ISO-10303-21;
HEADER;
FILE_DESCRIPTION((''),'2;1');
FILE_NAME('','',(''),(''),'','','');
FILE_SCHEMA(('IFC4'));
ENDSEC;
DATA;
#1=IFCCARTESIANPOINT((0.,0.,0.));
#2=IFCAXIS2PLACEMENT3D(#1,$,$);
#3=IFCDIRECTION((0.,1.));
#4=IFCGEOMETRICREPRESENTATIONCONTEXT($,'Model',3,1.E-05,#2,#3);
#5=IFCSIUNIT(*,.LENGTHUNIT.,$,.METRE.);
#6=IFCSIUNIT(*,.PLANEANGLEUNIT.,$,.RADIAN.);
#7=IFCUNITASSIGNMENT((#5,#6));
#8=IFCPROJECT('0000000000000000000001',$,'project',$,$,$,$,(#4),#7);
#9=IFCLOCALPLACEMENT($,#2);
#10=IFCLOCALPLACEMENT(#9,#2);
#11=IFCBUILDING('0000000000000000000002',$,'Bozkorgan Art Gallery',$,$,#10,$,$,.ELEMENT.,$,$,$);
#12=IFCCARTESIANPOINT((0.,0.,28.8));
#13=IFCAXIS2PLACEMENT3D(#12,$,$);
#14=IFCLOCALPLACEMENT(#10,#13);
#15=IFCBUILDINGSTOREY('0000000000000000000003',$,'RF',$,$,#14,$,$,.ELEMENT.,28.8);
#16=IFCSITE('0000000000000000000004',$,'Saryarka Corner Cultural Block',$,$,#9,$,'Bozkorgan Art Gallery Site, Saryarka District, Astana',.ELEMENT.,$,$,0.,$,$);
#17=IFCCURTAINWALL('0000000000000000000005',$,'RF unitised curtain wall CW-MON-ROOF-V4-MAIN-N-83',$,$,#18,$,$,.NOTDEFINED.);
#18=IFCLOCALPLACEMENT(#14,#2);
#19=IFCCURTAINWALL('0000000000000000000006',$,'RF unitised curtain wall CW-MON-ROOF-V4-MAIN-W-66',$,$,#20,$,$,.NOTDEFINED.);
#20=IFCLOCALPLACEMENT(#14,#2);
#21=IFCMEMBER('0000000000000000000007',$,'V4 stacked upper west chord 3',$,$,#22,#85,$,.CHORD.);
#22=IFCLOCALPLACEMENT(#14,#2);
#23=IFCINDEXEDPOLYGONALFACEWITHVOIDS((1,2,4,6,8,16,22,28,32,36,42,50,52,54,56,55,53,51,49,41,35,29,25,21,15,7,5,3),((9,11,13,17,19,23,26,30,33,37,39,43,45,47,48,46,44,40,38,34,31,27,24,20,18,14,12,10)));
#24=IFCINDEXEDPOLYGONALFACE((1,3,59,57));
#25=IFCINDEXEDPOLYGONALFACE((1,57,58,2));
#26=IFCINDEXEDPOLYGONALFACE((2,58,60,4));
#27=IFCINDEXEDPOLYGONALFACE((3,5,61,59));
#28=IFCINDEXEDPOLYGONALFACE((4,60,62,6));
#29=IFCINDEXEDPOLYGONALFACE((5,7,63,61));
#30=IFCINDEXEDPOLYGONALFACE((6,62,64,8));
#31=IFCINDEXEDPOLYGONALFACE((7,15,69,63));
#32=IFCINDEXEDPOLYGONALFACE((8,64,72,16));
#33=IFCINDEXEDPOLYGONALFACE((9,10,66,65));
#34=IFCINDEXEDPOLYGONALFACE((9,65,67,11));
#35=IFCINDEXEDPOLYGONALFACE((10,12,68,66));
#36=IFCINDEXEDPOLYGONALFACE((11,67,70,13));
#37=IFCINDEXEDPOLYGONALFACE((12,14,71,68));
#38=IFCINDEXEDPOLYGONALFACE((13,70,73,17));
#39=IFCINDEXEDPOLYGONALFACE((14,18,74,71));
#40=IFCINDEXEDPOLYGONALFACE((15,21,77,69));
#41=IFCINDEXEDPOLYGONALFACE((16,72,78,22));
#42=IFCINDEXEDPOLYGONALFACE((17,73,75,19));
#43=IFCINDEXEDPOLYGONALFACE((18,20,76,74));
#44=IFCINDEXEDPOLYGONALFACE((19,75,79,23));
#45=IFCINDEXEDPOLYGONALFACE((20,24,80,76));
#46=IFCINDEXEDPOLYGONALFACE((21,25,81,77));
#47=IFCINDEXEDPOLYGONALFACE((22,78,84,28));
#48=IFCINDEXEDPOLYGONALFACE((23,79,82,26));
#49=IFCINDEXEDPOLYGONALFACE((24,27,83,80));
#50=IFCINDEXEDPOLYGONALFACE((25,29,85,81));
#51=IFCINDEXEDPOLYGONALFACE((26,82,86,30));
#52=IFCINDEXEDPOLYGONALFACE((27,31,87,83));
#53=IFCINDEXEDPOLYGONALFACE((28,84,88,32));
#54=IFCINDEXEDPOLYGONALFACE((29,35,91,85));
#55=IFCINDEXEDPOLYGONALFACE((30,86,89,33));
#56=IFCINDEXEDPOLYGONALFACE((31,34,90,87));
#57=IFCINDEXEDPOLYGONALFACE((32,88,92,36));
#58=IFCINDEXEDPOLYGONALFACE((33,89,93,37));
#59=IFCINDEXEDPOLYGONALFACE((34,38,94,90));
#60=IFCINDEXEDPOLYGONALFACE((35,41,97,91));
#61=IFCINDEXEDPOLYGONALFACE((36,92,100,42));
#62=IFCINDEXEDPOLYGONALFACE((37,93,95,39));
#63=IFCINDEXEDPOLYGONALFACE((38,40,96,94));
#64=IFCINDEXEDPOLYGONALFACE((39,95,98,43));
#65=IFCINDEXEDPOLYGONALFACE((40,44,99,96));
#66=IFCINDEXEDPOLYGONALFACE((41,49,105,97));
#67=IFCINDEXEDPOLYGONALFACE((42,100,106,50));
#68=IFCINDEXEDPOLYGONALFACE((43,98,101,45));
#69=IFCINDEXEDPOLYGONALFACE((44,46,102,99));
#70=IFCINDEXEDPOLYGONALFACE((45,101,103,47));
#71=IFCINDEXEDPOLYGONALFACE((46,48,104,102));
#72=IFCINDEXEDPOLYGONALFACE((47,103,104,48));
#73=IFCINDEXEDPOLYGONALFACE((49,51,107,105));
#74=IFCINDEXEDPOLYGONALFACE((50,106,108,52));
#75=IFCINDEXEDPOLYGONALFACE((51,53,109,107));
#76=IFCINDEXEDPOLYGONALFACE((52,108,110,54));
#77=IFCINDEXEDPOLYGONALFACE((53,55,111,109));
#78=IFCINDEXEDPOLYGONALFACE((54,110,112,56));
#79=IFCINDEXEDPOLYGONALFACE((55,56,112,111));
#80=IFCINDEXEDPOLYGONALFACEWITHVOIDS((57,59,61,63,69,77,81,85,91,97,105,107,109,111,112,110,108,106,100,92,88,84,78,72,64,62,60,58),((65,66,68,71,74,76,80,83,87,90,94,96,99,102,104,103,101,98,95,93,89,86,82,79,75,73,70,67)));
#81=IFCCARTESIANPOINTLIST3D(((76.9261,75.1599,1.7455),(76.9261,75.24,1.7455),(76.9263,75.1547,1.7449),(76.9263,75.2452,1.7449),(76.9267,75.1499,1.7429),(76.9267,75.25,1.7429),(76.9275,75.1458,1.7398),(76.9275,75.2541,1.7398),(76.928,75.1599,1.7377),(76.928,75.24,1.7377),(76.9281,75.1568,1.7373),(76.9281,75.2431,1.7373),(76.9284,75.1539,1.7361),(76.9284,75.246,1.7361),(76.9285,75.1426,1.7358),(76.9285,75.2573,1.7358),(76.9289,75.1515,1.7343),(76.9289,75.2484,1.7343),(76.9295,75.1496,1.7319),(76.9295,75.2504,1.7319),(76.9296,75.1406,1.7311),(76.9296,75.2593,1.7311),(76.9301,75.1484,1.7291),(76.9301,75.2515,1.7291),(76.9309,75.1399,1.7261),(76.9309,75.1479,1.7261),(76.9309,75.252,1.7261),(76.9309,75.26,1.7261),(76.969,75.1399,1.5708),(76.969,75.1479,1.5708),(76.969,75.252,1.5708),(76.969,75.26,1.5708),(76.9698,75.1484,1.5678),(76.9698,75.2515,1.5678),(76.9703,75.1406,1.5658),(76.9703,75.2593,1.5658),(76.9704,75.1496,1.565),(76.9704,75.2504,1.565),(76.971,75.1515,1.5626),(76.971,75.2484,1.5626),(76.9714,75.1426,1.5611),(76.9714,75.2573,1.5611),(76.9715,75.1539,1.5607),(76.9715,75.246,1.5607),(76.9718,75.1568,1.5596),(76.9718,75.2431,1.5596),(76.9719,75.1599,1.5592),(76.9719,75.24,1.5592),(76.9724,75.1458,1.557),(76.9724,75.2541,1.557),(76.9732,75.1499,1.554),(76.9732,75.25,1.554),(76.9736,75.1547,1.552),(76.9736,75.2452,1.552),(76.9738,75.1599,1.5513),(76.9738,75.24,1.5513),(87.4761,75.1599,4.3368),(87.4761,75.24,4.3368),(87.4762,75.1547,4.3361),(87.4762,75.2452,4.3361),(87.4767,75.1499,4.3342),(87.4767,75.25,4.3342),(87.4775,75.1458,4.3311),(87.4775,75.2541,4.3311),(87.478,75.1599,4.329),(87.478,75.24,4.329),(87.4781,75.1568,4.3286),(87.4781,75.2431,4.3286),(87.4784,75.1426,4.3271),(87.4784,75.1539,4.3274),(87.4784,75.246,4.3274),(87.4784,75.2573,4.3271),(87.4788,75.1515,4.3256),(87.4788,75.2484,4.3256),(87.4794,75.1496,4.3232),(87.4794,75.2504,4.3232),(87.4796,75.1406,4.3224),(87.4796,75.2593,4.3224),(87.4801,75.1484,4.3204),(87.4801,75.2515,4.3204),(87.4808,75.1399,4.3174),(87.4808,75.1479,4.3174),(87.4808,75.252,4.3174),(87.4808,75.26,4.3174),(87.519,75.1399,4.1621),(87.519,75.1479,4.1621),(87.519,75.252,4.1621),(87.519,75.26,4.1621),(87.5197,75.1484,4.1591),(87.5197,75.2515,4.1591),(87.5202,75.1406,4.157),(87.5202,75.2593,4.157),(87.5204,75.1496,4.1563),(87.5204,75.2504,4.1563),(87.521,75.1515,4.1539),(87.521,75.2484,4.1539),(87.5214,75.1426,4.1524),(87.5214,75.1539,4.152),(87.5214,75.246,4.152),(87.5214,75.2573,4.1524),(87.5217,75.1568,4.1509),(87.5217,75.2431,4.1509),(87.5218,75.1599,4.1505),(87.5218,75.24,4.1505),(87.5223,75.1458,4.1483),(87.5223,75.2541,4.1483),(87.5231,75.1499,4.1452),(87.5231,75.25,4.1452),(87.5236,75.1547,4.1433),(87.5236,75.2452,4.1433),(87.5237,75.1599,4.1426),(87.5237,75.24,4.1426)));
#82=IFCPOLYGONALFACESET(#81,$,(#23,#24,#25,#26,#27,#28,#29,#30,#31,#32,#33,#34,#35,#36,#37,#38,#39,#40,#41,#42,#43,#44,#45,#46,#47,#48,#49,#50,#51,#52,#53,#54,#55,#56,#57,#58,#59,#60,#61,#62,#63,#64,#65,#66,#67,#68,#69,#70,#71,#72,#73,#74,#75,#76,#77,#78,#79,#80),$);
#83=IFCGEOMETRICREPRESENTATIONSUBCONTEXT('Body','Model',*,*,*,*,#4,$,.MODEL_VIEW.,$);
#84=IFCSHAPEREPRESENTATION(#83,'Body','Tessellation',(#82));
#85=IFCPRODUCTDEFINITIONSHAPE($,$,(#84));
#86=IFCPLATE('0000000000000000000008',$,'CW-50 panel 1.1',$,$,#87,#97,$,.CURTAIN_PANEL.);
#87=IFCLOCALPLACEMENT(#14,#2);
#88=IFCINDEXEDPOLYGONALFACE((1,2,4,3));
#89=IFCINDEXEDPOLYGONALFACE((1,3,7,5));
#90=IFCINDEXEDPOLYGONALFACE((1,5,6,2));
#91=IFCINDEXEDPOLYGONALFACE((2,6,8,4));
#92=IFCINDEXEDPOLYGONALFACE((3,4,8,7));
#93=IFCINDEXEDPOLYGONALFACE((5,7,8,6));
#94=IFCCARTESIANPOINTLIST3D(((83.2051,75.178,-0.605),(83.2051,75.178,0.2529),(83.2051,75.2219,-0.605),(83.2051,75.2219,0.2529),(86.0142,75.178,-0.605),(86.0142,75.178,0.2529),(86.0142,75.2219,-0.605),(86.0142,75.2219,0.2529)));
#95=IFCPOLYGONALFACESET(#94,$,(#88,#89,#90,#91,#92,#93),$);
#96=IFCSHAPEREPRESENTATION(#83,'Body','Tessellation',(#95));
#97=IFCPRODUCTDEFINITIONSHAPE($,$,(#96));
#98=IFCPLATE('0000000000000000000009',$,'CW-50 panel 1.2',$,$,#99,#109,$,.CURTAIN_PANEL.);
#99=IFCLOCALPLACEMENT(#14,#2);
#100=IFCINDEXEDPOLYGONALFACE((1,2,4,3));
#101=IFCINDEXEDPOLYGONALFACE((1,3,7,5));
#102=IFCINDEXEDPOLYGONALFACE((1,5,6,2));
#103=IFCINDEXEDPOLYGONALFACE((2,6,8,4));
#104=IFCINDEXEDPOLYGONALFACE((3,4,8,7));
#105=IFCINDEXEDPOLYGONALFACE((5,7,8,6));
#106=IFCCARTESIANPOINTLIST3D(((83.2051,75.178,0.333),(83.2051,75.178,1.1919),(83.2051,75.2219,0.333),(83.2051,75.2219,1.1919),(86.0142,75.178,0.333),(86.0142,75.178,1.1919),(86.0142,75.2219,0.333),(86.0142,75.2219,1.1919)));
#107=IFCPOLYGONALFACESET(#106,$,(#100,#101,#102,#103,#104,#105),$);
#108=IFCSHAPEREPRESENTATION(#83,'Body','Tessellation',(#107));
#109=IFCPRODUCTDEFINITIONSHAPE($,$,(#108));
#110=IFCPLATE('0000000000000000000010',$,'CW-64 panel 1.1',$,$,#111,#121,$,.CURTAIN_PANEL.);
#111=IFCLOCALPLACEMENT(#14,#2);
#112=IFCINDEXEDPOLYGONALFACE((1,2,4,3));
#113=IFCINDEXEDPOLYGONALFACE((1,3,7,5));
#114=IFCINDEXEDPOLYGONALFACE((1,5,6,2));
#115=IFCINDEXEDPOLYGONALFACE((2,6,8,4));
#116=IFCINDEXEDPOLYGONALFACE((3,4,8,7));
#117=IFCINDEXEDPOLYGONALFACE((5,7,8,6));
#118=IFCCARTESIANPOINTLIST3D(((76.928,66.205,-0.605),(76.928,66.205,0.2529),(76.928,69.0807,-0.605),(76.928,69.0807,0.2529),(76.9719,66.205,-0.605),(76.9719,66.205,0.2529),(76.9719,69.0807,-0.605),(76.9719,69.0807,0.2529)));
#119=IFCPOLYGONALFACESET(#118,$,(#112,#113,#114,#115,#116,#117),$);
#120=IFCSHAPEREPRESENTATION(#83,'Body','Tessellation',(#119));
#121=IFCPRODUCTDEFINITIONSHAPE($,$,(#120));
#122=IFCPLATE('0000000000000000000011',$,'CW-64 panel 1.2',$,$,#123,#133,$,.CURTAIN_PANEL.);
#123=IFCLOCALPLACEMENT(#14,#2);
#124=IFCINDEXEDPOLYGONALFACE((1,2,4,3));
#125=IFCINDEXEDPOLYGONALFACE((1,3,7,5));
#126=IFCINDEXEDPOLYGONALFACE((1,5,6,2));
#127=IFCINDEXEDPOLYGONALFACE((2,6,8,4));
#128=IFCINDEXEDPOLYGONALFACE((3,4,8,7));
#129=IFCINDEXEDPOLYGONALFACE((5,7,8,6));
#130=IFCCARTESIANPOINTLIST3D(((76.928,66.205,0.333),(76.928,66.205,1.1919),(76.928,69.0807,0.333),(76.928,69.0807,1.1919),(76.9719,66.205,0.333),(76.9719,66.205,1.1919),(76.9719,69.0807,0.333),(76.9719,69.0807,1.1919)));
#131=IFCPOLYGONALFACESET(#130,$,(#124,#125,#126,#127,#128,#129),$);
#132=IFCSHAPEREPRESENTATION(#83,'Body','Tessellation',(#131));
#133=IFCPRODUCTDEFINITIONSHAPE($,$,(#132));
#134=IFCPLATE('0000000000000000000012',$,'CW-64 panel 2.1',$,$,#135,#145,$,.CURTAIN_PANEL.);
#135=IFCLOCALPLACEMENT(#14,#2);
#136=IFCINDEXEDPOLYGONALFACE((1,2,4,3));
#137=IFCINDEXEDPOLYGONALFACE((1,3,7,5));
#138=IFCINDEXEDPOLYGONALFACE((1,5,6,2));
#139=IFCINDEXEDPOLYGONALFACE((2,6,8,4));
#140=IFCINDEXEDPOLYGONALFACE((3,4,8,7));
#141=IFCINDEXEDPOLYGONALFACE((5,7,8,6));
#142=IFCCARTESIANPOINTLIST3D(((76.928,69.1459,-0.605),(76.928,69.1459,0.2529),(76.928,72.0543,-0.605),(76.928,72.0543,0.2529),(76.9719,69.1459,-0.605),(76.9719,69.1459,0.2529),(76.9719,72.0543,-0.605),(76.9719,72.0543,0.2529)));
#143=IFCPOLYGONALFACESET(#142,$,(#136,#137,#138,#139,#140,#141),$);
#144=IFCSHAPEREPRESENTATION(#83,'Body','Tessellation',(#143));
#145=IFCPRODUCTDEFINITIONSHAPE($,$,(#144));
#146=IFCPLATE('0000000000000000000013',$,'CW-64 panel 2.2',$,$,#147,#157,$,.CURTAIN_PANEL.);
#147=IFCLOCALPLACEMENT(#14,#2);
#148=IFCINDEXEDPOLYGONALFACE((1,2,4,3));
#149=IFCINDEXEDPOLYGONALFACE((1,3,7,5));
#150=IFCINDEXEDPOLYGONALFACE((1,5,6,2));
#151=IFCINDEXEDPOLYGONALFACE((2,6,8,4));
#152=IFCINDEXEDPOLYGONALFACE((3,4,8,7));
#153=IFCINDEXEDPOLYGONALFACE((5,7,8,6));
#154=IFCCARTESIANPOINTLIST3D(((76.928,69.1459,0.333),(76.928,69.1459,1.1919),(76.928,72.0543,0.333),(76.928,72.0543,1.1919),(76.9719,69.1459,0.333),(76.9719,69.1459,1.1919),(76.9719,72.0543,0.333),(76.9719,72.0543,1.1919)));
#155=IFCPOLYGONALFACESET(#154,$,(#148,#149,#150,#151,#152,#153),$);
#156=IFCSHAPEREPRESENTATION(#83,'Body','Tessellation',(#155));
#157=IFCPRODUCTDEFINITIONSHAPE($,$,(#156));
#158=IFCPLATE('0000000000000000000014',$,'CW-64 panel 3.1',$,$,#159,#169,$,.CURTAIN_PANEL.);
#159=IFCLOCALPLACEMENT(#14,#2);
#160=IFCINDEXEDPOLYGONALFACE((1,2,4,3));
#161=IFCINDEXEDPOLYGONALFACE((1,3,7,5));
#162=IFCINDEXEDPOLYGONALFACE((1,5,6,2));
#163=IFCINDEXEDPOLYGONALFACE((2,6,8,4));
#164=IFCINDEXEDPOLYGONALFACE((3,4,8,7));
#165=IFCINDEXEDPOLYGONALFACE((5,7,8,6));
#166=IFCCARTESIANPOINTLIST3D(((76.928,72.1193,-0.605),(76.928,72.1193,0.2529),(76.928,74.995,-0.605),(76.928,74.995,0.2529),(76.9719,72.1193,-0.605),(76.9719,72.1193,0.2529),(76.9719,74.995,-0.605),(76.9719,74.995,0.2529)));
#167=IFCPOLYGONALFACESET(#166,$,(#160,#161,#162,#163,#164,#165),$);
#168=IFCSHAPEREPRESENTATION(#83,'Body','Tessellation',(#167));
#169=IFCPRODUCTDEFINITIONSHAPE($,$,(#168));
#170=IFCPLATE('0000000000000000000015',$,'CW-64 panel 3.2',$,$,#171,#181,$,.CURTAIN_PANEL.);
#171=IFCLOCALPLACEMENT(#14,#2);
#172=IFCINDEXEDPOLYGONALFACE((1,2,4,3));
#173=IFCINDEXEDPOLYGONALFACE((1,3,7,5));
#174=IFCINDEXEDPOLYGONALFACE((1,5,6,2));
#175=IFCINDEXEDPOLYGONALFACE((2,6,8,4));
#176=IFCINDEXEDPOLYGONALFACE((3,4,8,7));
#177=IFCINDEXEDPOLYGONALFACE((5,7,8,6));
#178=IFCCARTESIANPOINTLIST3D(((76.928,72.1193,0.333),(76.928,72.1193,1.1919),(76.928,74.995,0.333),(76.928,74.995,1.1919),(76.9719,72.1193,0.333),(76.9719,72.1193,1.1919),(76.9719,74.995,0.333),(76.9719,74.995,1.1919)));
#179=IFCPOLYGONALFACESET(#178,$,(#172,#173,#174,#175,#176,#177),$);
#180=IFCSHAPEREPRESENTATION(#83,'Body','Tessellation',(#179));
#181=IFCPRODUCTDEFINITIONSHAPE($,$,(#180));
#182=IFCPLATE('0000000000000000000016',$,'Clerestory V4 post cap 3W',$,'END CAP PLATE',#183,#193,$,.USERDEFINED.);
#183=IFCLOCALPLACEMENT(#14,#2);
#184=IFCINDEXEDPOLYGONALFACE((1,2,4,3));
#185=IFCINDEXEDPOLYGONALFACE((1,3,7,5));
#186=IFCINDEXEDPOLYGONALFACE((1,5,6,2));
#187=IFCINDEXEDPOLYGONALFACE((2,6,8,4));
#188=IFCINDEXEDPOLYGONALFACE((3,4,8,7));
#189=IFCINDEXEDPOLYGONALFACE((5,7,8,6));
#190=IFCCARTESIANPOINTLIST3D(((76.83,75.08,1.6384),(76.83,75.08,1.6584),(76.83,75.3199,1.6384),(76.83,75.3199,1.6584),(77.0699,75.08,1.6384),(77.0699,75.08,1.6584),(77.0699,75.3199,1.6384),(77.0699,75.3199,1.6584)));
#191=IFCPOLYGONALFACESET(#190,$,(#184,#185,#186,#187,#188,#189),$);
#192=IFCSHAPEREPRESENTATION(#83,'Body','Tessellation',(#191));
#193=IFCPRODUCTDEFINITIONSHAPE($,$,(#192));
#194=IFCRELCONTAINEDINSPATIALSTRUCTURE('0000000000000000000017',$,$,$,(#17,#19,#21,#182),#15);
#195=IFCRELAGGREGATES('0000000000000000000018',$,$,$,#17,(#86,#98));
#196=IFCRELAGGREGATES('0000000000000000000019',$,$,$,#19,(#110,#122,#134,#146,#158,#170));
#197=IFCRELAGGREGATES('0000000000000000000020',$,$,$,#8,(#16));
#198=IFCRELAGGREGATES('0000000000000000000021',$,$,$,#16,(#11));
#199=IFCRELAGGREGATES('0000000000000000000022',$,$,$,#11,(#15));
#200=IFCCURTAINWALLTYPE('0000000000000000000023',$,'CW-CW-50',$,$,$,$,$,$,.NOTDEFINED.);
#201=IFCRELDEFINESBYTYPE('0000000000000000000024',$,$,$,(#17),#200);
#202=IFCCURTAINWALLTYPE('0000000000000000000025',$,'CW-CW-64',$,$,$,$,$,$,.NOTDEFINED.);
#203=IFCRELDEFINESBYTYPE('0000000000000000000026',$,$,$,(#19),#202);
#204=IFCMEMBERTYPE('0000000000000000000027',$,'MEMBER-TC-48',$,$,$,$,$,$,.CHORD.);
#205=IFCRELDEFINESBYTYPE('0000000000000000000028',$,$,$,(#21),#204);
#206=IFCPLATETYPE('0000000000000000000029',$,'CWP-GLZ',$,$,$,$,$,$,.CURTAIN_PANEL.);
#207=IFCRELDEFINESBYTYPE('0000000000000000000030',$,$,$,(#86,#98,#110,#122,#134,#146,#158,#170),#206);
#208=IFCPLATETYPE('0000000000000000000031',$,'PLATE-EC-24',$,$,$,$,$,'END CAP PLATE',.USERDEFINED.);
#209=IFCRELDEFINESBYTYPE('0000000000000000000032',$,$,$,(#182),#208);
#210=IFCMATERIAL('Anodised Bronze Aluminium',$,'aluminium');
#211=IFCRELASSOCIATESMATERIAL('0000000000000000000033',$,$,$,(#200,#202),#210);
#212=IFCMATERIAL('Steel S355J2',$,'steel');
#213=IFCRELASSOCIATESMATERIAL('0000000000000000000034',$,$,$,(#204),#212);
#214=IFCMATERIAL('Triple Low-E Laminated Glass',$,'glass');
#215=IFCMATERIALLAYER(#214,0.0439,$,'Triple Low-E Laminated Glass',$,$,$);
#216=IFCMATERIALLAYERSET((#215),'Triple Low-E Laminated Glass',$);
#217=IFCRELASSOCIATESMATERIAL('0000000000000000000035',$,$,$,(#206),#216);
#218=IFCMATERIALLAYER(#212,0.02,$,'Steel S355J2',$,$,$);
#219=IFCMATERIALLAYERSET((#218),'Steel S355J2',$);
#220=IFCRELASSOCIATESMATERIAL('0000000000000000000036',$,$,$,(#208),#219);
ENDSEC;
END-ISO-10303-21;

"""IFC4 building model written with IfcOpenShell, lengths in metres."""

from ifc_helpers import new_model, si_unit, direction, frame, origin, origin_2d, place, context, subcontext, project, spatial, rectangle, hollow_rectangle, extrude, material, layer, layer_set, material_profile, profile_set, type_object, element, aggregate, save


model = new_model("IFC4")

# Units and contexts
model_context = context("Model", 3, precision=1e-05, world=origin(), true_north=direction((0.0, 1.0)))
body_context = subcontext(model_context, "Body", "Model", "MODEL_VIEW")
ifc_project = project(units=[si_unit("LENGTHUNIT", "METRE"), si_unit("PLANEANGLEUNIT", "RADIAN")], contexts=[model_context])

# Site, building, storey
site_placement = place(None, origin())
site = spatial("IfcSite", under=ifc_project, at=site_placement, Name="Saryarka Corner Cultural Block", LongName="Bozkorgan Art Gallery Site, Saryarka District, Astana", CompositionType="ELEMENT", RefElevation=0.0)
building_placement = place(site_placement, origin())
building = spatial("IfcBuilding", under=site, at=building_placement, Name="Bozkorgan Art Gallery", CompositionType="ELEMENT")
storey_placement = place(building_placement, frame((0.0, 0.0, 28.8)))
storey = spatial("IfcBuildingStorey", under=building, at=storey_placement, Name="RF", CompositionType="ELEMENT", Elevation=28.8)

# Shared definitions
ifc_material_1 = material(Name="Steel S355J2", Category="steel")

# Curtain walls
ifc_material_2 = material(Name="Anodised Bronze Aluminium", Category="aluminium")
curtain_wall_type_1 = type_object("IfcCurtainWallType", Name="CW-CW-50", PredefinedType="NOTDEFINED", material=ifc_material_2)
curtain_wall_1_placement = place(storey_placement, origin())
curtain_wall_1 = element("IfcCurtainWall", 1, at=curtain_wall_1_placement, inside=storey, type_object=curtain_wall_type_1, Name="RF unitised curtain wall CW-MON-ROOF-V4-MAIN-N-83", PredefinedType="NOTDEFINED")
curtain_wall_type_2 = type_object("IfcCurtainWallType", Name="CW-CW-64", PredefinedType="NOTDEFINED", material=ifc_material_2)
curtain_wall_2_placement = place(storey_placement, origin())
curtain_wall_2 = element("IfcCurtainWall", 2, at=curtain_wall_2_placement, inside=storey, type_object=curtain_wall_type_2, Name="RF unitised curtain wall CW-MON-ROOF-V4-MAIN-W-66", PredefinedType="NOTDEFINED")

# Member
ifc_material_profile_1 = material_profile(ifc_material_1, hollow_rectangle(XDim=0.1201, YDim=0.2, WallThickness=0.0081, InnerFilletRadius=0.012, OuterFilletRadius=0.02, at=origin_2d()), Name="RHS 200x120x8")
ifc_profile_set_1 = profile_set([ifc_material_profile_1], Name="Steel S355J2")
member_type_1 = type_object("IfcMemberType", Name="MEMBER-TC-48", PredefinedType="CHORD", material=ifc_profile_set_1)
for number, where, z_axis, x_axis, name in (
    (3, (76.95, 75.2, 1.6484), (0.971135, 0.0, 0.238531), (0.0, 1.0, 0.0), "V4 stacked upper west chord 3"),
):
    element("IfcMember", number, at=place(storey_placement, frame(where, z_axis=z_axis, x_axis=x_axis)), inside=storey, type_object=member_type_1, Name=name, PredefinedType="CHORD", context=body_context, shape_type="SweptSolid", body=[
        extrude(hollow_rectangle(XDim=0.1201, YDim=0.2, WallThickness=0.0081, InnerFilletRadius=0.012, OuterFilletRadius=0.02, at=origin_2d()), origin(), (0.0, 0.0, 1.0), 10.8635),
    ])

# Plates
ifc_material_3 = material(Name="Triple Low-E Laminated Glass", Category="glass")
ifc_layer_1 = layer(ifc_material_3, 0.0439, Name="Triple Low-E Laminated Glass")
ifc_layer_set_1 = layer_set([ifc_layer_1], Name="Triple Low-E Laminated Glass")
plate_type_1 = type_object("IfcPlateType", Name="CWP-GLZ", PredefinedType="CURTAIN_PANEL", material=ifc_layer_set_1)
plate_1_placement = place(storey_placement, frame((84.6096, 75.2, -0.605), z_axis=(0.0, 0.0, 1.0), x_axis=(1.0, 0.0, 0.0)))
plate_1 = element("IfcPlate", 4, at=plate_1_placement, type_object=plate_type_1, Name="CW-50 panel 1.1", PredefinedType="CURTAIN_PANEL", context=body_context, shape_type="SweptSolid", body=[
    extrude(rectangle(XDim=2.8091, YDim=0.0439, at=origin_2d()), origin(), (0.0, 0.0, 1.0), 0.8579),
])
plate_2_placement = place(storey_placement, frame((84.6096, 75.2, 0.333), z_axis=(0.0, 0.0, 1.0), x_axis=(1.0, 0.0, 0.0)))
plate_2 = element("IfcPlate", 5, at=plate_2_placement, type_object=plate_type_1, Name="CW-50 panel 1.2", PredefinedType="CURTAIN_PANEL", context=body_context, shape_type="SweptSolid", body=[
    extrude(rectangle(XDim=2.8091, YDim=0.0439, at=origin_2d()), origin(), (0.0, 0.0, 1.0), 0.8589),
])
aggregate(curtain_wall_1, [plate_1, plate_2])
plate_3_placement = place(storey_placement, frame((76.95, 67.6428, -0.605), z_axis=(0.0, 0.0, 1.0), x_axis=(0.0, 1.0, 0.0)))
plate_3 = element("IfcPlate", 6, at=plate_3_placement, type_object=plate_type_1, Name="CW-64 panel 1.1", PredefinedType="CURTAIN_PANEL", context=body_context, shape_type="SweptSolid", body=[
    extrude(rectangle(XDim=2.8757, YDim=0.0439, at=origin_2d()), origin(), (0.0, 0.0, 1.0), 0.8579),
])
plate_4_placement = place(storey_placement, frame((76.95, 67.6428, 0.333), z_axis=(0.0, 0.0, 1.0), x_axis=(0.0, 1.0, 0.0)))
plate_4 = element("IfcPlate", 7, at=plate_4_placement, type_object=plate_type_1, Name="CW-64 panel 1.2", PredefinedType="CURTAIN_PANEL", context=body_context, shape_type="SweptSolid", body=[
    extrude(rectangle(XDim=2.8757, YDim=0.0439, at=origin_2d()), origin(), (0.0, 0.0, 1.0), 0.8589),
])
plate_5_placement = place(storey_placement, frame((76.95, 70.6001, -0.605), z_axis=(0.0, 0.0, 1.0), x_axis=(0.0, 1.0, 0.0)))
plate_5 = element("IfcPlate", 8, at=plate_5_placement, type_object=plate_type_1, Name="CW-64 panel 2.1", PredefinedType="CURTAIN_PANEL", context=body_context, shape_type="SweptSolid", body=[
    extrude(rectangle(XDim=2.9084, YDim=0.0439, at=origin_2d()), origin(), (0.0, 0.0, 1.0), 0.8579),
])
plate_6_placement = place(storey_placement, frame((76.95, 70.6001, 0.333), z_axis=(0.0, 0.0, 1.0), x_axis=(0.0, 1.0, 0.0)))
plate_6 = element("IfcPlate", 9, at=plate_6_placement, type_object=plate_type_1, Name="CW-64 panel 2.2", PredefinedType="CURTAIN_PANEL", context=body_context, shape_type="SweptSolid", body=[
    extrude(rectangle(XDim=2.9084, YDim=0.0439, at=origin_2d()), origin(), (0.0, 0.0, 1.0), 0.8589),
])
plate_7_placement = place(storey_placement, frame((76.95, 73.5571, -0.605), z_axis=(0.0, 0.0, 1.0), x_axis=(0.0, 1.0, 0.0)))
plate_7 = element("IfcPlate", 10, at=plate_7_placement, type_object=plate_type_1, Name="CW-64 panel 3.1", PredefinedType="CURTAIN_PANEL", context=body_context, shape_type="SweptSolid", body=[
    extrude(rectangle(XDim=2.8757, YDim=0.0439, at=origin_2d()), origin(), (0.0, 0.0, 1.0), 0.8579),
])
plate_8_placement = place(storey_placement, frame((76.95, 73.5571, 0.333), z_axis=(0.0, 0.0, 1.0), x_axis=(0.0, 1.0, 0.0)))
plate_8 = element("IfcPlate", 11, at=plate_8_placement, type_object=plate_type_1, Name="CW-64 panel 3.2", PredefinedType="CURTAIN_PANEL", context=body_context, shape_type="SweptSolid", body=[
    extrude(rectangle(XDim=2.8757, YDim=0.0439, at=origin_2d()), origin(), (0.0, 0.0, 1.0), 0.8589),
])
aggregate(curtain_wall_2, [plate_3, plate_4, plate_5, plate_6, plate_7, plate_8])
ifc_layer_2 = layer(ifc_material_1, 0.02, Name="Steel S355J2")
ifc_layer_set_2 = layer_set([ifc_layer_2], Name="Steel S355J2")
plate_type_2 = type_object("IfcPlateType", Name="PLATE-EC-24", ElementType="END CAP PLATE", PredefinedType="USERDEFINED", material=ifc_layer_set_2)
plate_9_placement = place(storey_placement, frame((76.95, 75.2, 1.6384), z_axis=(0.0, 0.0, 1.0), x_axis=(1.0, 0.0, 0.0)))
element("IfcPlate", 12, at=plate_9_placement, inside=storey, type_object=plate_type_2, Name="Clerestory V4 post cap 3W", ObjectType="END CAP PLATE", PredefinedType="USERDEFINED", context=body_context, shape_type="SweptSolid", body=[
    extrude(rectangle(XDim=0.24, YDim=0.24, at=origin_2d()), origin(), (0.0, 0.0, 1.0), 0.02),
])

save(model, "model.ifc")
